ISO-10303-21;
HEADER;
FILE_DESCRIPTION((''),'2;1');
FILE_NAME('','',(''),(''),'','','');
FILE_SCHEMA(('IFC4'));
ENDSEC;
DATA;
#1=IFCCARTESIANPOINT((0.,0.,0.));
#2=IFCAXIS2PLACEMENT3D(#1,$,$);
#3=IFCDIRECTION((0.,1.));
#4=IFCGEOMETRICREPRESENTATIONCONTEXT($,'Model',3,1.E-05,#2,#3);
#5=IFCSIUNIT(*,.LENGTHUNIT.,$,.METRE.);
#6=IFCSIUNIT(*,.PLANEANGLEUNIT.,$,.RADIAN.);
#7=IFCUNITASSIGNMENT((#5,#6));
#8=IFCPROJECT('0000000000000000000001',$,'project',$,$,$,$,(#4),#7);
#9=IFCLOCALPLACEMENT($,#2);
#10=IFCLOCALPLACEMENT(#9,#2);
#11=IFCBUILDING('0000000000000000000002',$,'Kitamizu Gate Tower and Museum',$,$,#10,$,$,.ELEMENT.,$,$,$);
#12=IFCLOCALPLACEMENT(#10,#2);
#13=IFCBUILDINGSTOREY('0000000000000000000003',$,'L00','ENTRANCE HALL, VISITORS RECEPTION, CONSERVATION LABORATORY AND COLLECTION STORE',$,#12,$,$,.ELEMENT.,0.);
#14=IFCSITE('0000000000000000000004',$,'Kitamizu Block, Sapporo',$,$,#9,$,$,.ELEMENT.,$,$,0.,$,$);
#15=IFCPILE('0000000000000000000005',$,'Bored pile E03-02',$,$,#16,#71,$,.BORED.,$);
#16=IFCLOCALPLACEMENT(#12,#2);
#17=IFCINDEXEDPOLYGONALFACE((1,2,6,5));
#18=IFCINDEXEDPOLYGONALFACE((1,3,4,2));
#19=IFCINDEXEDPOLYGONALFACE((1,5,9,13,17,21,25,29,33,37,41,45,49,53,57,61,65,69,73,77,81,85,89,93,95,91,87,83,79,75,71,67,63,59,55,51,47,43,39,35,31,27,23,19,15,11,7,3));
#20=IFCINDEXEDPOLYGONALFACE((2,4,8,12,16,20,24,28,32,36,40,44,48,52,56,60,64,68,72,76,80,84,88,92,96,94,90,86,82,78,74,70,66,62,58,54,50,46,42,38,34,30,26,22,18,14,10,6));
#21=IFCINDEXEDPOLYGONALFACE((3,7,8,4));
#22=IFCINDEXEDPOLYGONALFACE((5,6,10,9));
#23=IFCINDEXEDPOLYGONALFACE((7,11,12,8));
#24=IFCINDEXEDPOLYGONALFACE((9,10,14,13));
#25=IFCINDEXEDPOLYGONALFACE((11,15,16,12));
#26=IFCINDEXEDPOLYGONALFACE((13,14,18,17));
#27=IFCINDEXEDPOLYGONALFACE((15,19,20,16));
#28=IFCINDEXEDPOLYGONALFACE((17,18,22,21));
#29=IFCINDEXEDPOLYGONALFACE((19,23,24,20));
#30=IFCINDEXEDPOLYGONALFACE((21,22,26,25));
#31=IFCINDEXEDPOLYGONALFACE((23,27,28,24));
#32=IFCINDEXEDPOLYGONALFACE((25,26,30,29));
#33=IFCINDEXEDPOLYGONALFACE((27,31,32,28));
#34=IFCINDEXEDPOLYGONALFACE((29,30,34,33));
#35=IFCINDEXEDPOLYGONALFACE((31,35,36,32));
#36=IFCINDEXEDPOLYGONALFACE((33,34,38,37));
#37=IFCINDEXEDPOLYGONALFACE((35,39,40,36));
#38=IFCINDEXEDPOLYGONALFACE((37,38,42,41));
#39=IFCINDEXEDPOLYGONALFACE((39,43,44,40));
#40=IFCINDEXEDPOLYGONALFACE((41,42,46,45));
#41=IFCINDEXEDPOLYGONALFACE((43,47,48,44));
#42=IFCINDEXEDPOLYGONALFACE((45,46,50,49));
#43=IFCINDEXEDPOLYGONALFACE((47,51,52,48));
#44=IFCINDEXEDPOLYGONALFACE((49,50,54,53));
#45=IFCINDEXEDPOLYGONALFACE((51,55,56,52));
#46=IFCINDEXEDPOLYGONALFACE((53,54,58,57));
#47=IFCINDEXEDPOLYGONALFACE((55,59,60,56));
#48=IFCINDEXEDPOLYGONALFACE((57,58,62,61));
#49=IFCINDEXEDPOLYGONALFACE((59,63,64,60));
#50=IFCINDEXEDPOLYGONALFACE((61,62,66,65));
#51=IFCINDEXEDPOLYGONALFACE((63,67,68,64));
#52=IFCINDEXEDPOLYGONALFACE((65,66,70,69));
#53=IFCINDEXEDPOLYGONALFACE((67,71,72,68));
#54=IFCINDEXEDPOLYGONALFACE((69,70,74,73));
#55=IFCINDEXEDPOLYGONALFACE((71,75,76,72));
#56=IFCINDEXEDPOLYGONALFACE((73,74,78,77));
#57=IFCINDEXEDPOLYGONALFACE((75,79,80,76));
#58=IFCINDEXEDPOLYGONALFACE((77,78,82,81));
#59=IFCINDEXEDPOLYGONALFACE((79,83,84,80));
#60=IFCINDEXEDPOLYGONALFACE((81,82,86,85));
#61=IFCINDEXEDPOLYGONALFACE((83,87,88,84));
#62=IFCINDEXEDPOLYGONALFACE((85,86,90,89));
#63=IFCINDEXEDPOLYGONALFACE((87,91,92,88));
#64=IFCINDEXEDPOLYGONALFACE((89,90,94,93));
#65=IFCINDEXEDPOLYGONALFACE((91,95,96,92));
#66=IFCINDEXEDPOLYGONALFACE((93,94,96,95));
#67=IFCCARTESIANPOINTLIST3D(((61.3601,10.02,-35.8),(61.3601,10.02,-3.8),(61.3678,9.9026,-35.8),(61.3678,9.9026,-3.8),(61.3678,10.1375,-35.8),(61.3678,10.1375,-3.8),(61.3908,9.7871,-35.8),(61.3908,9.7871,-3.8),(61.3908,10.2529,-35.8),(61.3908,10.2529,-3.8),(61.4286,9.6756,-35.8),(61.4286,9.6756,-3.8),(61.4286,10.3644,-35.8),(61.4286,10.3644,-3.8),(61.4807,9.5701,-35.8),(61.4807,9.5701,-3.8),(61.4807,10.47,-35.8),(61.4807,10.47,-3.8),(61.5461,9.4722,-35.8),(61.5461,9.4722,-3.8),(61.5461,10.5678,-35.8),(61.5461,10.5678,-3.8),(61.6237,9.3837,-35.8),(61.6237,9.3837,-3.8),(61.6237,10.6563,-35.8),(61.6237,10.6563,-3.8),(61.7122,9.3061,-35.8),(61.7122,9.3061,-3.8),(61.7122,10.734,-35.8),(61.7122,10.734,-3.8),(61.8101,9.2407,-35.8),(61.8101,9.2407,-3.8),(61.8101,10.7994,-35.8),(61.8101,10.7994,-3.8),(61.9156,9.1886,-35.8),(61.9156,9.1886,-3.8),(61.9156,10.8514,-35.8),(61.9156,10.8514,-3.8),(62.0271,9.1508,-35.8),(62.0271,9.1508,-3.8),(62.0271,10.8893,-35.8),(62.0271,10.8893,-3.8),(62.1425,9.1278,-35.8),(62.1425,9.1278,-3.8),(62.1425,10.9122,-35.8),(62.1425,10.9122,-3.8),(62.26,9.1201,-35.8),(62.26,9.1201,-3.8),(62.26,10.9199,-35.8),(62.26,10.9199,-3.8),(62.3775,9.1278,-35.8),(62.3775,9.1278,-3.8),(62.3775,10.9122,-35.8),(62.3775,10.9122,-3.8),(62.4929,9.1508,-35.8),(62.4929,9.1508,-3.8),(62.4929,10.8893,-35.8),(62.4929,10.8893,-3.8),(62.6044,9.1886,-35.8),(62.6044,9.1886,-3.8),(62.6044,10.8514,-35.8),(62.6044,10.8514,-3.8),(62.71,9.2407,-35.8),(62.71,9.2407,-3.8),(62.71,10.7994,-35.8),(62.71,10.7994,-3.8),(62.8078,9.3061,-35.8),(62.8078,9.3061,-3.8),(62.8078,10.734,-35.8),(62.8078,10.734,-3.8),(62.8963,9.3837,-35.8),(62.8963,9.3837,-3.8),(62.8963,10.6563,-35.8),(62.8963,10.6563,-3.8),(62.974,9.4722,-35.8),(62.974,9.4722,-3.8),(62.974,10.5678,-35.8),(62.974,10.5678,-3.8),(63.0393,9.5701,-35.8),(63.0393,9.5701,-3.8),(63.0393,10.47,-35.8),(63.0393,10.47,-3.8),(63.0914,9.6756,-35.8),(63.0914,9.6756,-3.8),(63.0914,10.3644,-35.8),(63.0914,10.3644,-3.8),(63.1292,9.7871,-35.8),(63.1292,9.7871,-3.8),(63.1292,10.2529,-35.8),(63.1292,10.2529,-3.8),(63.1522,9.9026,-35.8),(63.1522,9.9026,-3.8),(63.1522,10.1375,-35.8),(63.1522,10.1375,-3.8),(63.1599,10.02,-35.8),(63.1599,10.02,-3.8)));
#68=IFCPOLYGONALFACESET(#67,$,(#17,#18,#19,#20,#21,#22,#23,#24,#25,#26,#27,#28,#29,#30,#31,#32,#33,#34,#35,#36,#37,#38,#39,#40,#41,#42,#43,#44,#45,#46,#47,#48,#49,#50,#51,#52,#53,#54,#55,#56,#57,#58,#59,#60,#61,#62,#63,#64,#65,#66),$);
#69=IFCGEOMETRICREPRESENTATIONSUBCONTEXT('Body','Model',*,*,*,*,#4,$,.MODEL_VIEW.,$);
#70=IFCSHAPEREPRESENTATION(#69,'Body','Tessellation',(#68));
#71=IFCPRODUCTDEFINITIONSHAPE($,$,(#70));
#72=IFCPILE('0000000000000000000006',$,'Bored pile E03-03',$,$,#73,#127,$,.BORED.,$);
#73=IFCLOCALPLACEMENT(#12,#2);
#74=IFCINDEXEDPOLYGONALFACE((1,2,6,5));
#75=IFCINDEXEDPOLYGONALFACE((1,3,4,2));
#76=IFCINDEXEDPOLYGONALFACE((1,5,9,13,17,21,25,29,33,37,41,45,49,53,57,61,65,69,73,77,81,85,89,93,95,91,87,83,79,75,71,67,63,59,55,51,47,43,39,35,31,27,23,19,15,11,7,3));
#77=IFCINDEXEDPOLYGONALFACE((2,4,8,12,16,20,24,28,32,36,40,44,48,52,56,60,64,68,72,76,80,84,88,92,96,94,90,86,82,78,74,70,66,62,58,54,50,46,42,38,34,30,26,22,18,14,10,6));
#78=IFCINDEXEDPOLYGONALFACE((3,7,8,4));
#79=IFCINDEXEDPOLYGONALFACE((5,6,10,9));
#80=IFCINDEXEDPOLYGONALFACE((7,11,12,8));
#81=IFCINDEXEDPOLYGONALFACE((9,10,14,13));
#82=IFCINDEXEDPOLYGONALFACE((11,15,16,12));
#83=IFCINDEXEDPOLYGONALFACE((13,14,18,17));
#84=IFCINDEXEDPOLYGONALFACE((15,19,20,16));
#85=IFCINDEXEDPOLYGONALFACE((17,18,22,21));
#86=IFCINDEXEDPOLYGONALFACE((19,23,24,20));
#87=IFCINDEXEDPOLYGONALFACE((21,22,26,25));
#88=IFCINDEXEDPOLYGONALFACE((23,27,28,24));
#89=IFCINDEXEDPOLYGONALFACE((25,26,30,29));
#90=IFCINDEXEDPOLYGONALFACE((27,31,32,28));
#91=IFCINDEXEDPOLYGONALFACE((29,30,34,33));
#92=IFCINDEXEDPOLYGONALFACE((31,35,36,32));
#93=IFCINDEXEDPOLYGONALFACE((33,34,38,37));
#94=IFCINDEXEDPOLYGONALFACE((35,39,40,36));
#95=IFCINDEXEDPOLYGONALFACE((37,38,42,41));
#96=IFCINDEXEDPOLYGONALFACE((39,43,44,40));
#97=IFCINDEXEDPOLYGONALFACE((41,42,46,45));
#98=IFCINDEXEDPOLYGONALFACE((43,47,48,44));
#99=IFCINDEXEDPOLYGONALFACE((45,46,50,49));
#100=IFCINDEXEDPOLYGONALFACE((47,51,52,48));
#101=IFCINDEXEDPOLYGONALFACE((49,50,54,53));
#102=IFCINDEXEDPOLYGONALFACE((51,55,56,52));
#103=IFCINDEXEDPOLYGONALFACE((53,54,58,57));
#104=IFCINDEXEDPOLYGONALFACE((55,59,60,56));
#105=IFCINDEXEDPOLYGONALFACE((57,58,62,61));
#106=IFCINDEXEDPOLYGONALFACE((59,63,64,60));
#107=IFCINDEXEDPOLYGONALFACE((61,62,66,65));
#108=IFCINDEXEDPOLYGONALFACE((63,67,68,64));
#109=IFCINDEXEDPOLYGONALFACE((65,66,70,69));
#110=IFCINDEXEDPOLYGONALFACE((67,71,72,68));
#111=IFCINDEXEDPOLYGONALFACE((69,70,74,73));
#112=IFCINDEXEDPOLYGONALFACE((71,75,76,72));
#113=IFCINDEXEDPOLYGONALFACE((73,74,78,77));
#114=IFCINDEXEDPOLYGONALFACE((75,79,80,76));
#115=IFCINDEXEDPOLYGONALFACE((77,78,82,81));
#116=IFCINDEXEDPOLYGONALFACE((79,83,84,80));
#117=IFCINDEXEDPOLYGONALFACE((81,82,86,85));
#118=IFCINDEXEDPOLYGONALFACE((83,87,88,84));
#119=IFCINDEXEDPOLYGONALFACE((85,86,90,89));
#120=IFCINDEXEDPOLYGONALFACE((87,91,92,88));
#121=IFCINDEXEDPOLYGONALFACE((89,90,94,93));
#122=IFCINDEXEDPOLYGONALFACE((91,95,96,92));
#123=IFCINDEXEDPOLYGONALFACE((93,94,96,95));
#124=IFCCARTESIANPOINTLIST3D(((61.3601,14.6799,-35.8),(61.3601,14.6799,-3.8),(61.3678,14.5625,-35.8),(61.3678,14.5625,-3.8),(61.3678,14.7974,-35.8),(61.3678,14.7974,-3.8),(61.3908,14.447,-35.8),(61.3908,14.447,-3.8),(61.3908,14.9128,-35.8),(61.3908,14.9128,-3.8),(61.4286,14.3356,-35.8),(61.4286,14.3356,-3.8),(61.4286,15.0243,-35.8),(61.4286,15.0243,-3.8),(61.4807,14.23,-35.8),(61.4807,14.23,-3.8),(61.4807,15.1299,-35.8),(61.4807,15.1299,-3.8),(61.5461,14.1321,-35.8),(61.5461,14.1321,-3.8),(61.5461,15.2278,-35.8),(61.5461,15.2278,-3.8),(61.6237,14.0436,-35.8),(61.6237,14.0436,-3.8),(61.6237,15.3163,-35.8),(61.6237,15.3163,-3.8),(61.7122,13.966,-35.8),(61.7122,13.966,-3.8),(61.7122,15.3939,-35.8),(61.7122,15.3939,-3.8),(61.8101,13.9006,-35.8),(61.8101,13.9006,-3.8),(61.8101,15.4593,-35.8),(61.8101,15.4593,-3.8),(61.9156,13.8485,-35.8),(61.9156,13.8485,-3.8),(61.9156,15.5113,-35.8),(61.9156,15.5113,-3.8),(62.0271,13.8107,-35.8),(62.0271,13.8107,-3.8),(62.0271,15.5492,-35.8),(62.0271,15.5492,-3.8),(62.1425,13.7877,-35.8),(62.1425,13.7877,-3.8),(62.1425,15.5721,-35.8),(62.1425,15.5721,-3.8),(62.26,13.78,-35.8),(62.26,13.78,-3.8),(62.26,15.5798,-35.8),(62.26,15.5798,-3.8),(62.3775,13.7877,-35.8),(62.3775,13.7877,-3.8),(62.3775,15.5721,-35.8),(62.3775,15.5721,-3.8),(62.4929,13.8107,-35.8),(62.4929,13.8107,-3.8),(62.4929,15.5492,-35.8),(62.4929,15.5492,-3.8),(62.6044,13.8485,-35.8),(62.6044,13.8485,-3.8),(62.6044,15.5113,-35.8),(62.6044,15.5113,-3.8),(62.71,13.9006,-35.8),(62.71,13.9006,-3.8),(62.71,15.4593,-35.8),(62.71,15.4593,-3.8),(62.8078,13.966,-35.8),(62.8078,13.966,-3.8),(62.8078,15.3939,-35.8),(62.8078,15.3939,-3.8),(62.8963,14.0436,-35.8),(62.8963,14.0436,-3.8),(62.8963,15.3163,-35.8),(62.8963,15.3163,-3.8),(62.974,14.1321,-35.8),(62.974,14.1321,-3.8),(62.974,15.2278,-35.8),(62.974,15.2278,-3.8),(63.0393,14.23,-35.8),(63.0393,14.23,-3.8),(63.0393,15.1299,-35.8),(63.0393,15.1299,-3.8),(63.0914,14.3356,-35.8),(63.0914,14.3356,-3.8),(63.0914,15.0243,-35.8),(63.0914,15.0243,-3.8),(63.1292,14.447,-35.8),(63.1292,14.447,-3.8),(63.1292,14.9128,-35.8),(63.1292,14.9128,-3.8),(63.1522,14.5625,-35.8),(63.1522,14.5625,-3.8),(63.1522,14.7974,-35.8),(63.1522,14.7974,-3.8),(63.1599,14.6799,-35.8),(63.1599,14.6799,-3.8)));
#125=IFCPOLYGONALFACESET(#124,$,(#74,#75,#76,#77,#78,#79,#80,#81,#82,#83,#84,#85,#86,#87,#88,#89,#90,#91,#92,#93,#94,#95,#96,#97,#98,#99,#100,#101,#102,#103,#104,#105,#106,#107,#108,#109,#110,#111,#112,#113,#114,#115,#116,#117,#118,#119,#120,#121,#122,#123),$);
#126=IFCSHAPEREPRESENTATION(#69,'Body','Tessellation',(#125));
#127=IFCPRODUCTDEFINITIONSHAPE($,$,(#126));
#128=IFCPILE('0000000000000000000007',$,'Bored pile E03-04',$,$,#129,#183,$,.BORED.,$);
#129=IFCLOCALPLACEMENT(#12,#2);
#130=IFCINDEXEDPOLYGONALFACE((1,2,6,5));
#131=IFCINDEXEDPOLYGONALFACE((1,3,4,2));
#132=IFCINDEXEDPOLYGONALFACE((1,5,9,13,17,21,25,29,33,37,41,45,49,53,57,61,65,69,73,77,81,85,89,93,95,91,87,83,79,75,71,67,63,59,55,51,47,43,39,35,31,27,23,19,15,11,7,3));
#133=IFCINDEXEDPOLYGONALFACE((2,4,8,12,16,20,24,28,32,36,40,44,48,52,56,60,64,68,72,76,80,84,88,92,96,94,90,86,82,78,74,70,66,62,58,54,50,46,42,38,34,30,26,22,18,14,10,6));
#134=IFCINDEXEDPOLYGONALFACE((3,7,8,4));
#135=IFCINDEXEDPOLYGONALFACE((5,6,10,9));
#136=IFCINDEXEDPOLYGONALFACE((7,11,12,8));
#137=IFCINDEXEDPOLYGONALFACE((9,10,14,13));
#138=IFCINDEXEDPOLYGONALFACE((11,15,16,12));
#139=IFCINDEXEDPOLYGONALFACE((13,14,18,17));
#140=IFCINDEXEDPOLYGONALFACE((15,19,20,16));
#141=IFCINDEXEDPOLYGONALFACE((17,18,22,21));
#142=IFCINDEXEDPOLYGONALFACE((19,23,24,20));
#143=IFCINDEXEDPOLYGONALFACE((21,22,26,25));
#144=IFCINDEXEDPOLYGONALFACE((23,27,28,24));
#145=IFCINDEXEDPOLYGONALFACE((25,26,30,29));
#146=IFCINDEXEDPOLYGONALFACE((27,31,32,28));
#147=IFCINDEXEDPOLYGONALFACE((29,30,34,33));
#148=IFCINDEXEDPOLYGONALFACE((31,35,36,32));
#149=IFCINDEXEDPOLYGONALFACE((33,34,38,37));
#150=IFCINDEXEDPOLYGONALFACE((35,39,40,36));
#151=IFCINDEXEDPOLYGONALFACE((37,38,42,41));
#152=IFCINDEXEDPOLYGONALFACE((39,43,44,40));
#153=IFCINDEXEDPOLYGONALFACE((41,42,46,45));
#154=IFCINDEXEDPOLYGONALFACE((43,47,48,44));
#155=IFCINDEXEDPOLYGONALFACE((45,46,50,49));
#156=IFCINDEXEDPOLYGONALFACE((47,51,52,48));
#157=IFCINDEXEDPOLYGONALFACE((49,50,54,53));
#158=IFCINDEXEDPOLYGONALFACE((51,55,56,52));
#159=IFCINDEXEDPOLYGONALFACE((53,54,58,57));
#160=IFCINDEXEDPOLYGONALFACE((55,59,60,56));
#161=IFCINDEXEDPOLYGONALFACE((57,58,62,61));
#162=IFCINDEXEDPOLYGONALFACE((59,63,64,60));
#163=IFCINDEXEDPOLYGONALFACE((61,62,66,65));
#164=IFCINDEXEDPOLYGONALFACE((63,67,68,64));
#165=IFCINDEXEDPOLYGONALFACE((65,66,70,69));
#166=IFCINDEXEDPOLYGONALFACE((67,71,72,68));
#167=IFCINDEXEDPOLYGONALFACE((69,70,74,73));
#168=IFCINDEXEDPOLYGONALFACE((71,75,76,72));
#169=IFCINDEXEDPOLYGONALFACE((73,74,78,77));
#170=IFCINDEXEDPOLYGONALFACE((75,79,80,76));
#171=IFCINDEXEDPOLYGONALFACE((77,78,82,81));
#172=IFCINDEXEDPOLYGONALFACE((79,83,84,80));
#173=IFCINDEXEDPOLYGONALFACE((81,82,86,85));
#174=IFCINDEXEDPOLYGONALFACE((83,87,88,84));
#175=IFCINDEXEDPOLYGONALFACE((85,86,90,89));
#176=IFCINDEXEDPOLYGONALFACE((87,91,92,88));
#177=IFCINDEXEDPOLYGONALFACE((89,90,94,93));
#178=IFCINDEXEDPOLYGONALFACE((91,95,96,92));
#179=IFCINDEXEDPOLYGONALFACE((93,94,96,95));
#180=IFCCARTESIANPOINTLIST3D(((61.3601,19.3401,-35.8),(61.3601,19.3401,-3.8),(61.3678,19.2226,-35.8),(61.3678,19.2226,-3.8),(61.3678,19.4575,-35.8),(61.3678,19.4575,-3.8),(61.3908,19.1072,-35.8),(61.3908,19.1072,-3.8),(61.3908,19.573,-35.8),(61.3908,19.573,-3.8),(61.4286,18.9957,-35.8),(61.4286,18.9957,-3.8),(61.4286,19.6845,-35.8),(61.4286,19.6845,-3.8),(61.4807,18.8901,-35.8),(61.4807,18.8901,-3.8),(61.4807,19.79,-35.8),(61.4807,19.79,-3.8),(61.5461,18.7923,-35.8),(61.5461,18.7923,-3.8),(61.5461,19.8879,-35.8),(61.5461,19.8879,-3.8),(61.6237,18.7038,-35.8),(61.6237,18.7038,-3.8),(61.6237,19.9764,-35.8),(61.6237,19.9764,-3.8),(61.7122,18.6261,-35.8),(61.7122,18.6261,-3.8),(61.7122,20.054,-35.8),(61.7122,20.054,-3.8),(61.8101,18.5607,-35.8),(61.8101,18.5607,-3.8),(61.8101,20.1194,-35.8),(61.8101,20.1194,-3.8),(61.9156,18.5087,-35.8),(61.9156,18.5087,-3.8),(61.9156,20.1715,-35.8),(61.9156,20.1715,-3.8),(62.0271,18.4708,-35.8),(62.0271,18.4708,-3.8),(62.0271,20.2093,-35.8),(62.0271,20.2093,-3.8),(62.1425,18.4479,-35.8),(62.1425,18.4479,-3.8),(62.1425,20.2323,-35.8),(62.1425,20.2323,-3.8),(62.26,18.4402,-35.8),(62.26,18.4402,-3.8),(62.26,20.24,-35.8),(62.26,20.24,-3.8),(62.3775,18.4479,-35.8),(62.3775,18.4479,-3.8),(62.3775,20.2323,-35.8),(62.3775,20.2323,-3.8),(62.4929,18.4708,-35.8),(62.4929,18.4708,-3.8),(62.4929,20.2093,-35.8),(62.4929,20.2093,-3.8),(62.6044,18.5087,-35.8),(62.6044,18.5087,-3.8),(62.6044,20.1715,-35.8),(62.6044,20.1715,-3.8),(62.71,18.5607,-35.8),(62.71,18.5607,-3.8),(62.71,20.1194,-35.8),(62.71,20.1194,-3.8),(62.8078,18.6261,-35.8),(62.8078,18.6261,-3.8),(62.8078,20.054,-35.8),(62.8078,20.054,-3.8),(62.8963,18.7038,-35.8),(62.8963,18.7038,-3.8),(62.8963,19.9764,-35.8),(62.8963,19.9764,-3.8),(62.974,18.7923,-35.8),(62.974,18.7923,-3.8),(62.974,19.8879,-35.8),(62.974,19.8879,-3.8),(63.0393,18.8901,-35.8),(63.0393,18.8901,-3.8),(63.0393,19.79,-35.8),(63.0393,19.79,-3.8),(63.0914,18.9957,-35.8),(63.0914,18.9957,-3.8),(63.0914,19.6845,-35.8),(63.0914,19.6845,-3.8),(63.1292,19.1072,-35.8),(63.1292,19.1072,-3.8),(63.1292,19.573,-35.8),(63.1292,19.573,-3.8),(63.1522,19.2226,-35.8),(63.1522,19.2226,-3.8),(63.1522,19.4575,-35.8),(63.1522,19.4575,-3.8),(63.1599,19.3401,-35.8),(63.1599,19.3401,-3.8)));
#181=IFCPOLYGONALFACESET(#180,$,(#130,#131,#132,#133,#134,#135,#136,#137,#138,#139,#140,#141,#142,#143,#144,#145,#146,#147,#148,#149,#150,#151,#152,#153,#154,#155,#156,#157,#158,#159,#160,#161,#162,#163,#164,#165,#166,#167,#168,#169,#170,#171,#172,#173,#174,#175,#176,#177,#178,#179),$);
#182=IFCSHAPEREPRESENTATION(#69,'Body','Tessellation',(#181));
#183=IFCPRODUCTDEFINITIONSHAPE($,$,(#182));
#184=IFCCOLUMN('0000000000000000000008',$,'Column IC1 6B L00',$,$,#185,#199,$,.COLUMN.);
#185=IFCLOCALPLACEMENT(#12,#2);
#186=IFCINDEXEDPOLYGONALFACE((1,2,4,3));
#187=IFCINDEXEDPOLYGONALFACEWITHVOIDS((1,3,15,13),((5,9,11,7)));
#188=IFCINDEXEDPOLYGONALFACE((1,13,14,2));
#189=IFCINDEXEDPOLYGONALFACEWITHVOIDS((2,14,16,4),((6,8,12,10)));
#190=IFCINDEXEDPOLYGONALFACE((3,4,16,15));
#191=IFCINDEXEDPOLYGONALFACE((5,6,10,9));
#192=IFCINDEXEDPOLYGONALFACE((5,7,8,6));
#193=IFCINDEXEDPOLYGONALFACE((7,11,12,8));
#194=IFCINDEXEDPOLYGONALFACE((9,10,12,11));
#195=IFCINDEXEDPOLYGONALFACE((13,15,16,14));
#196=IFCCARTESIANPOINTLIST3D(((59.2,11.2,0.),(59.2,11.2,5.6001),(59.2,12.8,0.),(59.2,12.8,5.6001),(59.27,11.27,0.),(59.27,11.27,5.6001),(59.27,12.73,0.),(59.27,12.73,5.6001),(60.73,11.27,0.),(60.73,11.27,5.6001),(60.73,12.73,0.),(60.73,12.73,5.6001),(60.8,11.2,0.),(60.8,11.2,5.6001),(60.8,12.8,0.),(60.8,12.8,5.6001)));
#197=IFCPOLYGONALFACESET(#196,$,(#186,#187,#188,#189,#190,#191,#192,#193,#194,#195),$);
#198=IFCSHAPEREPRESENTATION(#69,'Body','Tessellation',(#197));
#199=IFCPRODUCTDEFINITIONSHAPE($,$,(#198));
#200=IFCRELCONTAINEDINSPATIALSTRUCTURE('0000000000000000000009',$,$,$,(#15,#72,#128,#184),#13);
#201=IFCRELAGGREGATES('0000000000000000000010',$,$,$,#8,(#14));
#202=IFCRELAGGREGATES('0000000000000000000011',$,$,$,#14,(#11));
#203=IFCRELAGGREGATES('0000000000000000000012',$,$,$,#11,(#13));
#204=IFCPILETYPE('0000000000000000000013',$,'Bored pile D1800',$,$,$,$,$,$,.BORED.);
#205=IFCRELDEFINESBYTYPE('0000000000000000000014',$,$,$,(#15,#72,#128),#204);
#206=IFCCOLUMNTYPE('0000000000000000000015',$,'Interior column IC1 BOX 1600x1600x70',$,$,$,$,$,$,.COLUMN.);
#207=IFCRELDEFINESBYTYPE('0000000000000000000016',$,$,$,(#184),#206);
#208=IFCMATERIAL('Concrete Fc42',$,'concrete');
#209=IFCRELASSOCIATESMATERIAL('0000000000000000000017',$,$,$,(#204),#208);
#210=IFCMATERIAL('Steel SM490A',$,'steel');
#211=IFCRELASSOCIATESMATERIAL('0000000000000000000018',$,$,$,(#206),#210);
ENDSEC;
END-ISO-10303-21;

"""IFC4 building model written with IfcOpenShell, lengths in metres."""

from ifc_helpers import new_model, si_unit, direction, frame, origin, origin_2d, place, context, subcontext, project, spatial, hollow_rectangle, circle, extrude, material, material_profile, profile_set, type_object, element, save


model = new_model("IFC4")

# Units and contexts
model_context = context("Model", 3, precision=1e-05, world=origin(), true_north=direction((0.0, 1.0)))
body_context = subcontext(model_context, "Body", "Model", "MODEL_VIEW")
ifc_project = project(units=[si_unit("LENGTHUNIT", "METRE"), si_unit("PLANEANGLEUNIT", "RADIAN")], contexts=[model_context])

# Site, building, storey
site_placement = place(None, origin())
site = spatial("IfcSite", under=ifc_project, at=site_placement, Name="Kitamizu Block, Sapporo", CompositionType="ELEMENT", RefElevation=0.0)
building_placement = place(site_placement, origin())
building = spatial("IfcBuilding", under=site, at=building_placement, Name="Kitamizu Gate Tower and Museum", CompositionType="ELEMENT")
storey_placement = place(building_placement, origin())
storey = spatial("IfcBuildingStorey", under=building, at=storey_placement, Name="L00", Description="ENTRANCE HALL, VISITORS RECEPTION, CONSERVATION LABORATORY AND COLLECTION STORE", CompositionType="ELEMENT", Elevation=0.0)

# Piles
ifc_material_1 = material(Name="Concrete Fc42", Category="concrete")
ifc_material_profile_1 = material_profile(ifc_material_1, circle(Radius=0.8999, at=origin_2d()), Name="Bored pile D1800")
ifc_profile_set_1 = profile_set([ifc_material_profile_1], Name="Concrete Fc42")
pile_type = type_object("IfcPileType", Name="Bored pile D1800", PredefinedType="BORED", material=ifc_profile_set_1)
for number, where, z_axis, x_axis, name in (
    (1, (62.26, 10.02, -3.8), (0.0, 0.0, -1.0), (1.0, 0.0, 0.0), "Bored pile E03-02"),
    (2, (62.26, 14.6799, -3.8), (0.0, 0.0, -1.0), (1.0, 0.0, 0.0), "Bored pile E03-03"),
    (3, (62.26, 19.3401, -3.8), (0.0, 0.0, -1.0), (1.0, 0.0, 0.0), "Bored pile E03-04"),
):
    element("IfcPile", number, at=place(storey_placement, frame(where, z_axis=z_axis, x_axis=x_axis)), inside=storey, type_object=pile_type, Name=name, PredefinedType="BORED", context=body_context, shape_type="SweptSolid", body=[
        extrude(circle(Radius=0.8999, at=origin_2d()), origin(), (0.0, 0.0, 1.0), 32.0),
    ])

# Column
ifc_material_2 = material(Name="Steel SM490A", Category="steel")
ifc_material_profile_2 = material_profile(ifc_material_2, hollow_rectangle(XDim=1.6001, YDim=1.6001, WallThickness=0.0701, at=origin_2d()), Name="BOX 1600x1600x70")
ifc_profile_set_2 = profile_set([ifc_material_profile_2], Name="Steel SM490A")
column_type_1 = type_object("IfcColumnType", Name="Interior column IC1 BOX 1600x1600x70", PredefinedType="COLUMN", material=ifc_profile_set_2)
column_1_placement = place(storey_placement, frame((60.0, 12.0, 0.0), z_axis=(0.0, 0.0, 1.0), x_axis=(1.0, 0.0, 0.0)))
element("IfcColumn", 4, at=column_1_placement, inside=storey, type_object=column_type_1, Name="Column IC1 6B L00", PredefinedType="COLUMN", context=body_context, shape_type="SweptSolid", body=[
    extrude(hollow_rectangle(XDim=1.6001, YDim=1.6001, WallThickness=0.0701, at=origin_2d()), origin(), (0.0, 0.0, 1.0), 5.6001),
])

save(model, "model.ifc")
